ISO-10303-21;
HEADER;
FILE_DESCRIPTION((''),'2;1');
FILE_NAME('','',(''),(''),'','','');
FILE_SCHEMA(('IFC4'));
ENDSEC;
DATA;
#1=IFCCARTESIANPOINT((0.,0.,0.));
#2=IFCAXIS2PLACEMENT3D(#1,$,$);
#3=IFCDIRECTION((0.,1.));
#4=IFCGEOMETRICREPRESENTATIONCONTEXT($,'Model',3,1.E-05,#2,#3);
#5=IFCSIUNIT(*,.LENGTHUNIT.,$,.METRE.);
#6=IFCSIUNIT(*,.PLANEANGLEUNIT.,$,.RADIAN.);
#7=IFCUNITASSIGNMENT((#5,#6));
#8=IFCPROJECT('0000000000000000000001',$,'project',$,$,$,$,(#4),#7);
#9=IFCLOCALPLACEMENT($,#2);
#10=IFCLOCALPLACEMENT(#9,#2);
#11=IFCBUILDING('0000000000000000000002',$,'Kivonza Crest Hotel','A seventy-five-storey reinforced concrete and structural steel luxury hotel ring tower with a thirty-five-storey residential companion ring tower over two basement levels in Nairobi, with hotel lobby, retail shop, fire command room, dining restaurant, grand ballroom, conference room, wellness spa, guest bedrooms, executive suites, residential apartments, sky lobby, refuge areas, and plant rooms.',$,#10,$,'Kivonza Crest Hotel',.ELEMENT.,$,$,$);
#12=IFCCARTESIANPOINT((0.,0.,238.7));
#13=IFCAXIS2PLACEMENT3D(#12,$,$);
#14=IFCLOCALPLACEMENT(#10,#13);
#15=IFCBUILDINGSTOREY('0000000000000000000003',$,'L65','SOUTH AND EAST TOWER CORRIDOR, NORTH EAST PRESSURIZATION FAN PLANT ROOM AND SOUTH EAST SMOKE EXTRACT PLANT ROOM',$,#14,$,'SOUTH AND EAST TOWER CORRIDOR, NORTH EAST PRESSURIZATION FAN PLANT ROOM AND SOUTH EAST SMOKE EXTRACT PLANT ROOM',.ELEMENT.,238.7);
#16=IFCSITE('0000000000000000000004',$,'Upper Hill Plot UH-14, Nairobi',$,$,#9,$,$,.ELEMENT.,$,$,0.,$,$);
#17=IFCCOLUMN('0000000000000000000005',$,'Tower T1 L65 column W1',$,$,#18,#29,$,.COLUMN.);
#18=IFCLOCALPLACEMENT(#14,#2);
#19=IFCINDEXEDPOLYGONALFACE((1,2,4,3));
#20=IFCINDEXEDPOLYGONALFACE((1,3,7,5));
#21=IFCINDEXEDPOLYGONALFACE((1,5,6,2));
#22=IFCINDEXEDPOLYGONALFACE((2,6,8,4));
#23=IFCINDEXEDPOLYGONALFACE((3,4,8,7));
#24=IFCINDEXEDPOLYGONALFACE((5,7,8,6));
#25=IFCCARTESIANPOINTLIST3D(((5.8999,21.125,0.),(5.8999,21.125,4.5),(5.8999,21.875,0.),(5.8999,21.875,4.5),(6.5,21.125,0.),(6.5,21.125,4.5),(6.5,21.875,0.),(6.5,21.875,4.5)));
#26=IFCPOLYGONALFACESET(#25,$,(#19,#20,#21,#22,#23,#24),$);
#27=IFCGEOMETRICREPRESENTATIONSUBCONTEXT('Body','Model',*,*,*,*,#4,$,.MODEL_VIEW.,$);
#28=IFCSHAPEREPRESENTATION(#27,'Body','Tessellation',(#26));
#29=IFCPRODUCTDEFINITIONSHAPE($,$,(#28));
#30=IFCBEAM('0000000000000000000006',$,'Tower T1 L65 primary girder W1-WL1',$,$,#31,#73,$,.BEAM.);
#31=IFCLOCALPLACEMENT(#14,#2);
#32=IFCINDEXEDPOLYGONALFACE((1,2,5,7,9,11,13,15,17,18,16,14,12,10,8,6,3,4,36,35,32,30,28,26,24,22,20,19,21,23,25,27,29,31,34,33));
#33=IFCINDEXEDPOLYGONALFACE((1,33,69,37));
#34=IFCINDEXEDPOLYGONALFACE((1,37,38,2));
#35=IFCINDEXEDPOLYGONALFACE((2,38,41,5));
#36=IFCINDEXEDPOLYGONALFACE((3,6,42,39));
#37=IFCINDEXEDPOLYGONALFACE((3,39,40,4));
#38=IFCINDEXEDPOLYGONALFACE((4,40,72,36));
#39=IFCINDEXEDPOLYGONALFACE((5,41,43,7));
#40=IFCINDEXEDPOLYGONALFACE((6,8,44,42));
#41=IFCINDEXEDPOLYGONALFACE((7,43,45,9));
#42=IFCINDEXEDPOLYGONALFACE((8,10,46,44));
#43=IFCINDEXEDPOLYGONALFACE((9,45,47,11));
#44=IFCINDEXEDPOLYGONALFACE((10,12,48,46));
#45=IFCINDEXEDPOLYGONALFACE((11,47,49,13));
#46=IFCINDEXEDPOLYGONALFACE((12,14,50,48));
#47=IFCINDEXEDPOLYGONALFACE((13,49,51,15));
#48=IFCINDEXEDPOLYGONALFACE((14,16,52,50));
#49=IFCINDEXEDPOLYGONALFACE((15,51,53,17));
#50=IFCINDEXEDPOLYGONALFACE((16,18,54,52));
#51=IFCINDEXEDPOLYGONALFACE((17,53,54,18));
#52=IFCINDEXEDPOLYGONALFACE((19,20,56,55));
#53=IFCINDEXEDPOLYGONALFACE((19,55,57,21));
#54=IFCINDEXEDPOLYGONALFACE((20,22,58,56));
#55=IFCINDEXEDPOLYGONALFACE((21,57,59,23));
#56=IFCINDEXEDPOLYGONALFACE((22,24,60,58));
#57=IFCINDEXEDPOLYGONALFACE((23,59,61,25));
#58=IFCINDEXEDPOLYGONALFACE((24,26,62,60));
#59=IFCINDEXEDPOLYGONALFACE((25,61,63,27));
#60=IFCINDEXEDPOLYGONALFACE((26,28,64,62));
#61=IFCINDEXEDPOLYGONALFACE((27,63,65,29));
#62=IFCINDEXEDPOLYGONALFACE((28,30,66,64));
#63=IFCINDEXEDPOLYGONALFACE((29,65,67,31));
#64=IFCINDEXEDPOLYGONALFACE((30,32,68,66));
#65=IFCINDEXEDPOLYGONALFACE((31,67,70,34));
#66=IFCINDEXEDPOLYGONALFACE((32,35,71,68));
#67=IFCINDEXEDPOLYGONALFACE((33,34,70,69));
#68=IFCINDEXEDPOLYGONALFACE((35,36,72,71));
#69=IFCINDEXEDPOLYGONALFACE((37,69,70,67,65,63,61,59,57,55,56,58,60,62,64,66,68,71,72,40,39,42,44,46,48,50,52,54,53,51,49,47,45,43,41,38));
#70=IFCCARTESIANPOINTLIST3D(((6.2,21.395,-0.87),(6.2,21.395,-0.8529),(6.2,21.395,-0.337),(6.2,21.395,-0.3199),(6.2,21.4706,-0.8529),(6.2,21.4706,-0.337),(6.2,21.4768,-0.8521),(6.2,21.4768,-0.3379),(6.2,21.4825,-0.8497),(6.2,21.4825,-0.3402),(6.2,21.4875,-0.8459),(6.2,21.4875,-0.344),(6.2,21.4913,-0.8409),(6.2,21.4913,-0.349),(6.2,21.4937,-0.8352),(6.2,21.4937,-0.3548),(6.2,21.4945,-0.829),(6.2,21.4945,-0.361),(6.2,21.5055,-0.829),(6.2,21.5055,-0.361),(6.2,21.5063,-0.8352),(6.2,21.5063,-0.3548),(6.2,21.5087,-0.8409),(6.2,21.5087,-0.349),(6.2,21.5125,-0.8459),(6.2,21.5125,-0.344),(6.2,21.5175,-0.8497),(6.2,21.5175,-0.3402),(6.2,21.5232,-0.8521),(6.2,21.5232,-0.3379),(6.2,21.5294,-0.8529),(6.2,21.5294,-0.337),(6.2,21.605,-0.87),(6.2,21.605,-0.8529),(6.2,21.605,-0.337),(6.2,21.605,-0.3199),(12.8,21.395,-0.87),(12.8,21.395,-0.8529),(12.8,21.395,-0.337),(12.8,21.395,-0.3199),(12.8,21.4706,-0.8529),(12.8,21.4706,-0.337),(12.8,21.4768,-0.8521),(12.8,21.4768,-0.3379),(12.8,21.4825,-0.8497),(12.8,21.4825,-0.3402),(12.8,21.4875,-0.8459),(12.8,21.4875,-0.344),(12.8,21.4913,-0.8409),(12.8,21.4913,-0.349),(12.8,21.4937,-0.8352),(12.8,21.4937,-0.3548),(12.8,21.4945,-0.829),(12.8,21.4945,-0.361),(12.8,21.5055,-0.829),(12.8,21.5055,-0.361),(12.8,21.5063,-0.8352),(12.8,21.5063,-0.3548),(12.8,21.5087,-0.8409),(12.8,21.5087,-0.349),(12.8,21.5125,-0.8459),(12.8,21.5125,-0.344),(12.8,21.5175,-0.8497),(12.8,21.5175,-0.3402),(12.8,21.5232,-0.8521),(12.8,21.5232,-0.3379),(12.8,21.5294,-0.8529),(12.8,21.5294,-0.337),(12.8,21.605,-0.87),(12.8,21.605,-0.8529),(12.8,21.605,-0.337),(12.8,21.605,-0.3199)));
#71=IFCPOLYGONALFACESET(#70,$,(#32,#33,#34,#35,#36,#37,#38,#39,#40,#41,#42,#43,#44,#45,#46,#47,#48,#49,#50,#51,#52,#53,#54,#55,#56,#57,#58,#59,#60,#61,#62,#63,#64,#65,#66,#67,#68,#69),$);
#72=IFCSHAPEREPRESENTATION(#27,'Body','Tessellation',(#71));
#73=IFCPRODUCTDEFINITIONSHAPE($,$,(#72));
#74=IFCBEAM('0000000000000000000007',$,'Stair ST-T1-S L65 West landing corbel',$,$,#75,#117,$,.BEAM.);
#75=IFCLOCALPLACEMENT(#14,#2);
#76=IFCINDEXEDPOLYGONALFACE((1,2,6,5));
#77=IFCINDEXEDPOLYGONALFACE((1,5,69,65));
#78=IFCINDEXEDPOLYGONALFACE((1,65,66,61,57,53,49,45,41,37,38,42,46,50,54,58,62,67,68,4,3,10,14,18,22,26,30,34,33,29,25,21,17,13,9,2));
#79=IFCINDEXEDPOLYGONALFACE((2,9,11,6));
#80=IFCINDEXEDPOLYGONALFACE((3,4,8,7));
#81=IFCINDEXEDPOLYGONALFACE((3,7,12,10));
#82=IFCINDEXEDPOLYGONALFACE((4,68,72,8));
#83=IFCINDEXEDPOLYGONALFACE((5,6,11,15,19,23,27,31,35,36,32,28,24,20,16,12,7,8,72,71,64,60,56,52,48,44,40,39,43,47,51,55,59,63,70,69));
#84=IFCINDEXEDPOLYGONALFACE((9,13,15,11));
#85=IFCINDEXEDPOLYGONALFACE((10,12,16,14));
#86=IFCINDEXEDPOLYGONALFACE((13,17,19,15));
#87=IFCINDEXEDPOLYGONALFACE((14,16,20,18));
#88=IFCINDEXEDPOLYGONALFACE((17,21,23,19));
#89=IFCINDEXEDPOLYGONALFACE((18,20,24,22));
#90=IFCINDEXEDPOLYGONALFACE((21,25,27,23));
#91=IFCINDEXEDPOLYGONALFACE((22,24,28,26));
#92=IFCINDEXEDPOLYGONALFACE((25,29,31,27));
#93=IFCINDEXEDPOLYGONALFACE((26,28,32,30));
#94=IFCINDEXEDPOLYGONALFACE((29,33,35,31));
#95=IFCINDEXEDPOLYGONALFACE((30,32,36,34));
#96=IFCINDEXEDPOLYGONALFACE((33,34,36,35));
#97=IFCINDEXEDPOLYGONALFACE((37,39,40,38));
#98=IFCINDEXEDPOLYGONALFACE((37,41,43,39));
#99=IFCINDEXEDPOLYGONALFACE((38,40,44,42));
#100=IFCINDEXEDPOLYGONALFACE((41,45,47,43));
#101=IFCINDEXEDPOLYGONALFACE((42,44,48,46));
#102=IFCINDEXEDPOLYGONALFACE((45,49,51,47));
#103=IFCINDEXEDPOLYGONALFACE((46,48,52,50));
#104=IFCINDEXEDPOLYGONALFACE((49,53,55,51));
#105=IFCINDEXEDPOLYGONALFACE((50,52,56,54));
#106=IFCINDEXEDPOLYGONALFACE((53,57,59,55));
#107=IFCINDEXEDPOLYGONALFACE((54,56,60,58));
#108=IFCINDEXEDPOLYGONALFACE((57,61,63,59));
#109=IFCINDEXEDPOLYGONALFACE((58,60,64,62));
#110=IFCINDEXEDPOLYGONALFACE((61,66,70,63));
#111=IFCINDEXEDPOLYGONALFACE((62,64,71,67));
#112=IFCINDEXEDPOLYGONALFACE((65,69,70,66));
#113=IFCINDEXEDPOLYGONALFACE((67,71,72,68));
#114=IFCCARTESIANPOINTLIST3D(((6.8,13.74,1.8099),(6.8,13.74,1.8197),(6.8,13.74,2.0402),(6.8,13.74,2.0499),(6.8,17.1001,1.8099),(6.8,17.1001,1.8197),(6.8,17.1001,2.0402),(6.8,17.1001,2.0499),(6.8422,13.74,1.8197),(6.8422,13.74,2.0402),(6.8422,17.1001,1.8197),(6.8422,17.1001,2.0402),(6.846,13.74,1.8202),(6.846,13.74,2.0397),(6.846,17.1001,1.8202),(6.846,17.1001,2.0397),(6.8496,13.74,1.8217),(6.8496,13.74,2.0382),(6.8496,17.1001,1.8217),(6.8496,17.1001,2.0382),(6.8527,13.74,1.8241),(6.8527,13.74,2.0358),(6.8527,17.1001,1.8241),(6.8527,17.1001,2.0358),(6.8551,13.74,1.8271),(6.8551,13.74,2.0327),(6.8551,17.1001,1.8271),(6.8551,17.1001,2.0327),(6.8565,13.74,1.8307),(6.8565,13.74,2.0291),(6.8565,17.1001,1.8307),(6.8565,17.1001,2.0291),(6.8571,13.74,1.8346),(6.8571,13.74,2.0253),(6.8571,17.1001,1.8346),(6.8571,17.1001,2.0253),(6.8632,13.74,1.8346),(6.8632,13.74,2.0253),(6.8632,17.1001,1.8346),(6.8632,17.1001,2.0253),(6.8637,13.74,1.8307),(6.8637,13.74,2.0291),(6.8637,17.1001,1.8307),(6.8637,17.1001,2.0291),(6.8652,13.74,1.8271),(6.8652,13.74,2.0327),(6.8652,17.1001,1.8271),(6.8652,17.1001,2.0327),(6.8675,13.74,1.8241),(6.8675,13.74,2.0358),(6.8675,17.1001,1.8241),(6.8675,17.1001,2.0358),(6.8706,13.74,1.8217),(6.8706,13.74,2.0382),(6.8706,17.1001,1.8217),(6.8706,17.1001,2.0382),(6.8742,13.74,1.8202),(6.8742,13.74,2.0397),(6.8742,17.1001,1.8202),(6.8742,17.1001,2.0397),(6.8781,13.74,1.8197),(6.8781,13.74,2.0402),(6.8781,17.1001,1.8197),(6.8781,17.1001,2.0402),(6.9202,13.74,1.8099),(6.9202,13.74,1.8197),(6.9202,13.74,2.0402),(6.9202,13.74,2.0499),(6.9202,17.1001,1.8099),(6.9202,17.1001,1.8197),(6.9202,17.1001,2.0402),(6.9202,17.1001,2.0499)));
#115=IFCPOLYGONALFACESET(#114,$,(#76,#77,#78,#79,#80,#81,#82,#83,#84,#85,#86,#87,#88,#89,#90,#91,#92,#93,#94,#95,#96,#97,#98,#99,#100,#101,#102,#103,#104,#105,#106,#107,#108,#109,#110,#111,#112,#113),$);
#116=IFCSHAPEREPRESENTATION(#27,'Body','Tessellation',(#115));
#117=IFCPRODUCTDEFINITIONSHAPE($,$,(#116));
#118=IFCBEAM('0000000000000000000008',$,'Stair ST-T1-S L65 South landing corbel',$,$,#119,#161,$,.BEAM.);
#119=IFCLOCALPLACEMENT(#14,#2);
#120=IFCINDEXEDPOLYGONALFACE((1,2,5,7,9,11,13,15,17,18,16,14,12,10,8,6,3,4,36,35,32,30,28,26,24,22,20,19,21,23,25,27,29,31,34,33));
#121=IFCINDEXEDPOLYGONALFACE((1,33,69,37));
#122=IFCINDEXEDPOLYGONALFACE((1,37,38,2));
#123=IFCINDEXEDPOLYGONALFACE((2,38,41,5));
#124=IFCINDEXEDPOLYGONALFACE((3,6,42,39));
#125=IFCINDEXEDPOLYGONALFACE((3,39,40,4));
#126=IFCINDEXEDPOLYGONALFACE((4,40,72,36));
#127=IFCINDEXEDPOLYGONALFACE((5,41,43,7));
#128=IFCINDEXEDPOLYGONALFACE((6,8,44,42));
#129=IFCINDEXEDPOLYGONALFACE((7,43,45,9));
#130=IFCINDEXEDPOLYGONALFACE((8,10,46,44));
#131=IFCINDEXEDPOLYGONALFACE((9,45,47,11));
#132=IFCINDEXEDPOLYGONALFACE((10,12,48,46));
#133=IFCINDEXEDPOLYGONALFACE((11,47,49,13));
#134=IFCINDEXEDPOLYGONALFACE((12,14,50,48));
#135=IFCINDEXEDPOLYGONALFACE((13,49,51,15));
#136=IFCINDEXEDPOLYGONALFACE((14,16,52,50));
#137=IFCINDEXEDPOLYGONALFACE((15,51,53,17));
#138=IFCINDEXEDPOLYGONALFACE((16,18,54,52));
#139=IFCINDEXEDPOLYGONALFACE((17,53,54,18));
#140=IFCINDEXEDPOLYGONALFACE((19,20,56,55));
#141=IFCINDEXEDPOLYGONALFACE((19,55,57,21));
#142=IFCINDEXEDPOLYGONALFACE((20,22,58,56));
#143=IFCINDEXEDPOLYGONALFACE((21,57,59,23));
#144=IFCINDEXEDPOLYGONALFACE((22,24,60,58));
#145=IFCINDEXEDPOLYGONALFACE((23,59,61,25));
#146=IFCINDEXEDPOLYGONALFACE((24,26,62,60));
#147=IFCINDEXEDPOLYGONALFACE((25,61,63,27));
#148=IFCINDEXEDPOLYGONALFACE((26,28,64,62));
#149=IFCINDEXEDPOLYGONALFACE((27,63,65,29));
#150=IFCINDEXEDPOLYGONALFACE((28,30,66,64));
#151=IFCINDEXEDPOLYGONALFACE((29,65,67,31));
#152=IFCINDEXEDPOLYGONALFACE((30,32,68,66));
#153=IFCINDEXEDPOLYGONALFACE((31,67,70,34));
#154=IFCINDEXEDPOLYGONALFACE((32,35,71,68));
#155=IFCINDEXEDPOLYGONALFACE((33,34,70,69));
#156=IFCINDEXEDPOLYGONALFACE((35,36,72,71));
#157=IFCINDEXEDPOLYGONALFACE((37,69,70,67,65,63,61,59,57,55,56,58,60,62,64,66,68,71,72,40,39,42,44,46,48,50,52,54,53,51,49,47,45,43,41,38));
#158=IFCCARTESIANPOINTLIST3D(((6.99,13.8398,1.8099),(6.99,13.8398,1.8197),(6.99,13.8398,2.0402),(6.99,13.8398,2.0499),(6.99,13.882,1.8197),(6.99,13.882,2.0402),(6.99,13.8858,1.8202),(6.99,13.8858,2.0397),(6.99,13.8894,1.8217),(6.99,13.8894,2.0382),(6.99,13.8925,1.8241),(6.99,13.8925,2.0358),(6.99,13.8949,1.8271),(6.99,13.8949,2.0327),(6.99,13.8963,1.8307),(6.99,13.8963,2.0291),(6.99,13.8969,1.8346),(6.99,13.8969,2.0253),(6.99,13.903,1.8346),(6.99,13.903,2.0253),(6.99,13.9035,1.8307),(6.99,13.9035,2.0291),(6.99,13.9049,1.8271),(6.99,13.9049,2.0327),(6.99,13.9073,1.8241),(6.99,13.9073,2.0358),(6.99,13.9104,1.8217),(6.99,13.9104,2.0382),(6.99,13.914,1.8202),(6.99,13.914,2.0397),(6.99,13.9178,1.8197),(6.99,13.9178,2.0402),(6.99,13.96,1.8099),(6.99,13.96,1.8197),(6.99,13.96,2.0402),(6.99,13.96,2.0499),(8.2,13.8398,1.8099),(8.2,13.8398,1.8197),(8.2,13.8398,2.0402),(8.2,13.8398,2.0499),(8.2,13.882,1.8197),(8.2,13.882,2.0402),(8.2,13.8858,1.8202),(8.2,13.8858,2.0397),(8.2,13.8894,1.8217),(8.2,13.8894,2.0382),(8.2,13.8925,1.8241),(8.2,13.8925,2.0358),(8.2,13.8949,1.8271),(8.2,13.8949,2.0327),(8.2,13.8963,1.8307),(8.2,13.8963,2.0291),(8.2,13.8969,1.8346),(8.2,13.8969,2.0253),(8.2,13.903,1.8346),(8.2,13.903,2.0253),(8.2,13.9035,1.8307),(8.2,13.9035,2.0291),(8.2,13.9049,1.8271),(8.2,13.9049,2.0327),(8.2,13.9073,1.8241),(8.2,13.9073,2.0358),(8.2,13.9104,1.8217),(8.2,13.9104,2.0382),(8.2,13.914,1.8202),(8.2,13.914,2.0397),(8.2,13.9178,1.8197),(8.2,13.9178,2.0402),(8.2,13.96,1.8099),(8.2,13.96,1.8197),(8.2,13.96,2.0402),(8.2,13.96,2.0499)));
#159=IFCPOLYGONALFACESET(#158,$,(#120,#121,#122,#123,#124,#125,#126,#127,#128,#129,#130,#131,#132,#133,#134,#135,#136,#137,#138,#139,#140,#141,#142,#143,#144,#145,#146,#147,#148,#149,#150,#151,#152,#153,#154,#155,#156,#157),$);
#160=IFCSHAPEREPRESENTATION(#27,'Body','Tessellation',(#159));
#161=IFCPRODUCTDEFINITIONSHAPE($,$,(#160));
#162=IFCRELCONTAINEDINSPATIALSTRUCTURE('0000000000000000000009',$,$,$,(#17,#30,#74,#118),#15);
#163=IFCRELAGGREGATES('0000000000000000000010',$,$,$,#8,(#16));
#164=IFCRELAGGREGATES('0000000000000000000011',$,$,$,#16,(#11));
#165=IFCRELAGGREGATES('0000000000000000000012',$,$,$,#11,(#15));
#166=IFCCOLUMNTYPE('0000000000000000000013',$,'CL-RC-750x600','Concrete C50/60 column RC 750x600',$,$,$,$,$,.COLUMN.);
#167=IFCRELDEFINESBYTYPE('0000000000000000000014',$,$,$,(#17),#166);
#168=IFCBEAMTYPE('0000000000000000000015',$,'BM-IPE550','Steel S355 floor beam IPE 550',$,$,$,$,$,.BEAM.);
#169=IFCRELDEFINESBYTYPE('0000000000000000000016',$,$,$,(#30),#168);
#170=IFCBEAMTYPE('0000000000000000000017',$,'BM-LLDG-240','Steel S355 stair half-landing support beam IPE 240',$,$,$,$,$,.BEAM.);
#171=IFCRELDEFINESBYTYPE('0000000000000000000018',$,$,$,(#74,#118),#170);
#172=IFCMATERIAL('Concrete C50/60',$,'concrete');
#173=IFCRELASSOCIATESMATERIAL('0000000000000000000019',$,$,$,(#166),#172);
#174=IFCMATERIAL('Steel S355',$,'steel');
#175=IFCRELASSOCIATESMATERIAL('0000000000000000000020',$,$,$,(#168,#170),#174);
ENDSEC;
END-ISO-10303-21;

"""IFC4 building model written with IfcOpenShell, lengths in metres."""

from ifc_helpers import new_model, si_unit, direction, frame, origin, origin_2d, place, context, subcontext, project, spatial, rectangle, i_section, extrude, material, material_profile, profile_set, type_object, element, save


model = new_model("IFC4")

# Units and contexts
model_context = context("Model", 3, precision=1e-05, world=origin(), true_north=direction((0.0, 1.0)))
body_context = subcontext(model_context, "Body", "Model", "MODEL_VIEW")
ifc_project = project(units=[si_unit("LENGTHUNIT", "METRE"), si_unit("PLANEANGLEUNIT", "RADIAN")], contexts=[model_context])

# Site, building, storey
site_placement = place(None, origin())
site = spatial("IfcSite", under=ifc_project, at=site_placement, Name="Upper Hill Plot UH-14, Nairobi", CompositionType="ELEMENT", RefElevation=0.0)
building_placement = place(site_placement, origin())
building = spatial("IfcBuilding", under=site, at=building_placement, Name="Kivonza Crest Hotel", Description="A seventy-five-storey reinforced concrete and structural steel luxury hotel ring tower with a thirty-five-storey residential companion ring tower over two basement levels in Nairobi, with hotel lobby, retail shop, fire command room, dining restaurant, grand ballroom, conference room, wellness spa, guest bedrooms, executive suites, residential apartments, sky lobby, refuge areas, and plant rooms.", LongName="Kivonza Crest Hotel", CompositionType="ELEMENT")
storey_placement = place(building_placement, frame((0.0, 0.0, 238.7)))
storey = spatial("IfcBuildingStorey", under=building, at=storey_placement, Name="L65", Description="SOUTH AND EAST TOWER CORRIDOR, NORTH EAST PRESSURIZATION FAN PLANT ROOM AND SOUTH EAST SMOKE EXTRACT PLANT ROOM", LongName="SOUTH AND EAST TOWER CORRIDOR, NORTH EAST PRESSURIZATION FAN PLANT ROOM AND SOUTH EAST SMOKE EXTRACT PLANT ROOM", CompositionType="ELEMENT", Elevation=238.7)

# Column
ifc_material_1 = material(Name="Concrete C50/60", Category="concrete")
ifc_material_profile_1 = material_profile(ifc_material_1, rectangle(XDim=0.6001, YDim=0.75, at=origin_2d()), Name="RC 750x600")
ifc_profile_set_1 = profile_set([ifc_material_profile_1], Name="Concrete C50/60")
column_type = type_object("IfcColumnType", Name="CL-RC-750x600", Description="Concrete C50/60 column RC 750x600", PredefinedType="COLUMN", material=ifc_profile_set_1)
column_placement = place(storey_placement, frame((6.2, 21.5, 0.0), z_axis=(0.0, 0.0, 1.0), x_axis=(1.0, 0.0, 0.0)))
element("IfcColumn", 1, at=column_placement, inside=storey, type_object=column_type, Name="Tower T1 L65 column W1", PredefinedType="COLUMN", context=body_context, shape_type="SweptSolid", body=[
    extrude(rectangle(XDim=0.6001, YDim=0.75, at=origin_2d()), origin(), (0.0, 0.0, 1.0), 4.5),
])

# Beams
ifc_material_2 = material(Name="Steel S355", Category="steel")
ifc_material_profile_2 = material_profile(ifc_material_2, i_section(OverallWidth=0.21, OverallDepth=0.55, WebThickness=0.011, FlangeThickness=0.0171, FilletRadius=0.0239, at=origin_2d()), Name="IPE 550")
ifc_profile_set_2 = profile_set([ifc_material_profile_2], Name="Steel S355")
beam_type_1 = type_object("IfcBeamType", Name="BM-IPE550", Description="Steel S355 floor beam IPE 550", PredefinedType="BEAM", material=ifc_profile_set_2)
beam_1_placement = place(storey_placement, frame((6.2, 21.5, -0.595), z_axis=(1.0, 0.0, 0.0), x_axis=(0.0, 1.0, 0.0)))
element("IfcBeam", 2, at=beam_1_placement, inside=storey, type_object=beam_type_1, Name="Tower T1 L65 primary girder W1-WL1", PredefinedType="BEAM", context=body_context, shape_type="SweptSolid", body=[
    extrude(i_section(OverallWidth=0.21, OverallDepth=0.55, WebThickness=0.011, FlangeThickness=0.0171, FilletRadius=0.0239, at=origin_2d()), origin(), (0.0, 0.0, 1.0), 6.6001),
])
ifc_material_profile_3 = material_profile(ifc_material_2, i_section(OverallWidth=0.1201, OverallDepth=0.24, WebThickness=0.0061, FlangeThickness=0.0098, FilletRadius=0.0149, at=origin_2d()), Name="IPE 240")
ifc_profile_set_3 = profile_set([ifc_material_profile_3], Name="Steel S355")
beam_type_2 = type_object("IfcBeamType", Name="BM-LLDG-240", Description="Steel S355 stair half-landing support beam IPE 240", PredefinedType="BEAM", material=ifc_profile_set_3)
beam_2_placement = place(storey_placement, frame((6.8601, 13.74, 1.9299), z_axis=(0.0, 1.0, 0.0), x_axis=(-1.0, 0.0, 0.0)))
element("IfcBeam", 3, at=beam_2_placement, inside=storey, type_object=beam_type_2, Name="Stair ST-T1-S L65 West landing corbel", PredefinedType="BEAM", context=body_context, shape_type="SweptSolid", body=[
    extrude(i_section(OverallWidth=0.1201, OverallDepth=0.24, WebThickness=0.0061, FlangeThickness=0.0098, FilletRadius=0.0149, at=origin_2d()), origin(), (0.0, 0.0, 1.0), 3.3601),
])
beam_3_placement = place(storey_placement, frame((6.99, 13.8999, 1.9299), z_axis=(1.0, 0.0, 0.0), x_axis=(0.0, 1.0, 0.0)))
element("IfcBeam", 4, at=beam_3_placement, inside=storey, type_object=beam_type_2, Name="Stair ST-T1-S L65 South landing corbel", PredefinedType="BEAM", context=body_context, shape_type="SweptSolid", body=[
    extrude(i_section(OverallWidth=0.1201, OverallDepth=0.24, WebThickness=0.0061, FlangeThickness=0.0098, FilletRadius=0.0149, at=origin_2d()), origin(), (0.0, 0.0, 1.0), 1.21),
])

save(model, "model.ifc")
